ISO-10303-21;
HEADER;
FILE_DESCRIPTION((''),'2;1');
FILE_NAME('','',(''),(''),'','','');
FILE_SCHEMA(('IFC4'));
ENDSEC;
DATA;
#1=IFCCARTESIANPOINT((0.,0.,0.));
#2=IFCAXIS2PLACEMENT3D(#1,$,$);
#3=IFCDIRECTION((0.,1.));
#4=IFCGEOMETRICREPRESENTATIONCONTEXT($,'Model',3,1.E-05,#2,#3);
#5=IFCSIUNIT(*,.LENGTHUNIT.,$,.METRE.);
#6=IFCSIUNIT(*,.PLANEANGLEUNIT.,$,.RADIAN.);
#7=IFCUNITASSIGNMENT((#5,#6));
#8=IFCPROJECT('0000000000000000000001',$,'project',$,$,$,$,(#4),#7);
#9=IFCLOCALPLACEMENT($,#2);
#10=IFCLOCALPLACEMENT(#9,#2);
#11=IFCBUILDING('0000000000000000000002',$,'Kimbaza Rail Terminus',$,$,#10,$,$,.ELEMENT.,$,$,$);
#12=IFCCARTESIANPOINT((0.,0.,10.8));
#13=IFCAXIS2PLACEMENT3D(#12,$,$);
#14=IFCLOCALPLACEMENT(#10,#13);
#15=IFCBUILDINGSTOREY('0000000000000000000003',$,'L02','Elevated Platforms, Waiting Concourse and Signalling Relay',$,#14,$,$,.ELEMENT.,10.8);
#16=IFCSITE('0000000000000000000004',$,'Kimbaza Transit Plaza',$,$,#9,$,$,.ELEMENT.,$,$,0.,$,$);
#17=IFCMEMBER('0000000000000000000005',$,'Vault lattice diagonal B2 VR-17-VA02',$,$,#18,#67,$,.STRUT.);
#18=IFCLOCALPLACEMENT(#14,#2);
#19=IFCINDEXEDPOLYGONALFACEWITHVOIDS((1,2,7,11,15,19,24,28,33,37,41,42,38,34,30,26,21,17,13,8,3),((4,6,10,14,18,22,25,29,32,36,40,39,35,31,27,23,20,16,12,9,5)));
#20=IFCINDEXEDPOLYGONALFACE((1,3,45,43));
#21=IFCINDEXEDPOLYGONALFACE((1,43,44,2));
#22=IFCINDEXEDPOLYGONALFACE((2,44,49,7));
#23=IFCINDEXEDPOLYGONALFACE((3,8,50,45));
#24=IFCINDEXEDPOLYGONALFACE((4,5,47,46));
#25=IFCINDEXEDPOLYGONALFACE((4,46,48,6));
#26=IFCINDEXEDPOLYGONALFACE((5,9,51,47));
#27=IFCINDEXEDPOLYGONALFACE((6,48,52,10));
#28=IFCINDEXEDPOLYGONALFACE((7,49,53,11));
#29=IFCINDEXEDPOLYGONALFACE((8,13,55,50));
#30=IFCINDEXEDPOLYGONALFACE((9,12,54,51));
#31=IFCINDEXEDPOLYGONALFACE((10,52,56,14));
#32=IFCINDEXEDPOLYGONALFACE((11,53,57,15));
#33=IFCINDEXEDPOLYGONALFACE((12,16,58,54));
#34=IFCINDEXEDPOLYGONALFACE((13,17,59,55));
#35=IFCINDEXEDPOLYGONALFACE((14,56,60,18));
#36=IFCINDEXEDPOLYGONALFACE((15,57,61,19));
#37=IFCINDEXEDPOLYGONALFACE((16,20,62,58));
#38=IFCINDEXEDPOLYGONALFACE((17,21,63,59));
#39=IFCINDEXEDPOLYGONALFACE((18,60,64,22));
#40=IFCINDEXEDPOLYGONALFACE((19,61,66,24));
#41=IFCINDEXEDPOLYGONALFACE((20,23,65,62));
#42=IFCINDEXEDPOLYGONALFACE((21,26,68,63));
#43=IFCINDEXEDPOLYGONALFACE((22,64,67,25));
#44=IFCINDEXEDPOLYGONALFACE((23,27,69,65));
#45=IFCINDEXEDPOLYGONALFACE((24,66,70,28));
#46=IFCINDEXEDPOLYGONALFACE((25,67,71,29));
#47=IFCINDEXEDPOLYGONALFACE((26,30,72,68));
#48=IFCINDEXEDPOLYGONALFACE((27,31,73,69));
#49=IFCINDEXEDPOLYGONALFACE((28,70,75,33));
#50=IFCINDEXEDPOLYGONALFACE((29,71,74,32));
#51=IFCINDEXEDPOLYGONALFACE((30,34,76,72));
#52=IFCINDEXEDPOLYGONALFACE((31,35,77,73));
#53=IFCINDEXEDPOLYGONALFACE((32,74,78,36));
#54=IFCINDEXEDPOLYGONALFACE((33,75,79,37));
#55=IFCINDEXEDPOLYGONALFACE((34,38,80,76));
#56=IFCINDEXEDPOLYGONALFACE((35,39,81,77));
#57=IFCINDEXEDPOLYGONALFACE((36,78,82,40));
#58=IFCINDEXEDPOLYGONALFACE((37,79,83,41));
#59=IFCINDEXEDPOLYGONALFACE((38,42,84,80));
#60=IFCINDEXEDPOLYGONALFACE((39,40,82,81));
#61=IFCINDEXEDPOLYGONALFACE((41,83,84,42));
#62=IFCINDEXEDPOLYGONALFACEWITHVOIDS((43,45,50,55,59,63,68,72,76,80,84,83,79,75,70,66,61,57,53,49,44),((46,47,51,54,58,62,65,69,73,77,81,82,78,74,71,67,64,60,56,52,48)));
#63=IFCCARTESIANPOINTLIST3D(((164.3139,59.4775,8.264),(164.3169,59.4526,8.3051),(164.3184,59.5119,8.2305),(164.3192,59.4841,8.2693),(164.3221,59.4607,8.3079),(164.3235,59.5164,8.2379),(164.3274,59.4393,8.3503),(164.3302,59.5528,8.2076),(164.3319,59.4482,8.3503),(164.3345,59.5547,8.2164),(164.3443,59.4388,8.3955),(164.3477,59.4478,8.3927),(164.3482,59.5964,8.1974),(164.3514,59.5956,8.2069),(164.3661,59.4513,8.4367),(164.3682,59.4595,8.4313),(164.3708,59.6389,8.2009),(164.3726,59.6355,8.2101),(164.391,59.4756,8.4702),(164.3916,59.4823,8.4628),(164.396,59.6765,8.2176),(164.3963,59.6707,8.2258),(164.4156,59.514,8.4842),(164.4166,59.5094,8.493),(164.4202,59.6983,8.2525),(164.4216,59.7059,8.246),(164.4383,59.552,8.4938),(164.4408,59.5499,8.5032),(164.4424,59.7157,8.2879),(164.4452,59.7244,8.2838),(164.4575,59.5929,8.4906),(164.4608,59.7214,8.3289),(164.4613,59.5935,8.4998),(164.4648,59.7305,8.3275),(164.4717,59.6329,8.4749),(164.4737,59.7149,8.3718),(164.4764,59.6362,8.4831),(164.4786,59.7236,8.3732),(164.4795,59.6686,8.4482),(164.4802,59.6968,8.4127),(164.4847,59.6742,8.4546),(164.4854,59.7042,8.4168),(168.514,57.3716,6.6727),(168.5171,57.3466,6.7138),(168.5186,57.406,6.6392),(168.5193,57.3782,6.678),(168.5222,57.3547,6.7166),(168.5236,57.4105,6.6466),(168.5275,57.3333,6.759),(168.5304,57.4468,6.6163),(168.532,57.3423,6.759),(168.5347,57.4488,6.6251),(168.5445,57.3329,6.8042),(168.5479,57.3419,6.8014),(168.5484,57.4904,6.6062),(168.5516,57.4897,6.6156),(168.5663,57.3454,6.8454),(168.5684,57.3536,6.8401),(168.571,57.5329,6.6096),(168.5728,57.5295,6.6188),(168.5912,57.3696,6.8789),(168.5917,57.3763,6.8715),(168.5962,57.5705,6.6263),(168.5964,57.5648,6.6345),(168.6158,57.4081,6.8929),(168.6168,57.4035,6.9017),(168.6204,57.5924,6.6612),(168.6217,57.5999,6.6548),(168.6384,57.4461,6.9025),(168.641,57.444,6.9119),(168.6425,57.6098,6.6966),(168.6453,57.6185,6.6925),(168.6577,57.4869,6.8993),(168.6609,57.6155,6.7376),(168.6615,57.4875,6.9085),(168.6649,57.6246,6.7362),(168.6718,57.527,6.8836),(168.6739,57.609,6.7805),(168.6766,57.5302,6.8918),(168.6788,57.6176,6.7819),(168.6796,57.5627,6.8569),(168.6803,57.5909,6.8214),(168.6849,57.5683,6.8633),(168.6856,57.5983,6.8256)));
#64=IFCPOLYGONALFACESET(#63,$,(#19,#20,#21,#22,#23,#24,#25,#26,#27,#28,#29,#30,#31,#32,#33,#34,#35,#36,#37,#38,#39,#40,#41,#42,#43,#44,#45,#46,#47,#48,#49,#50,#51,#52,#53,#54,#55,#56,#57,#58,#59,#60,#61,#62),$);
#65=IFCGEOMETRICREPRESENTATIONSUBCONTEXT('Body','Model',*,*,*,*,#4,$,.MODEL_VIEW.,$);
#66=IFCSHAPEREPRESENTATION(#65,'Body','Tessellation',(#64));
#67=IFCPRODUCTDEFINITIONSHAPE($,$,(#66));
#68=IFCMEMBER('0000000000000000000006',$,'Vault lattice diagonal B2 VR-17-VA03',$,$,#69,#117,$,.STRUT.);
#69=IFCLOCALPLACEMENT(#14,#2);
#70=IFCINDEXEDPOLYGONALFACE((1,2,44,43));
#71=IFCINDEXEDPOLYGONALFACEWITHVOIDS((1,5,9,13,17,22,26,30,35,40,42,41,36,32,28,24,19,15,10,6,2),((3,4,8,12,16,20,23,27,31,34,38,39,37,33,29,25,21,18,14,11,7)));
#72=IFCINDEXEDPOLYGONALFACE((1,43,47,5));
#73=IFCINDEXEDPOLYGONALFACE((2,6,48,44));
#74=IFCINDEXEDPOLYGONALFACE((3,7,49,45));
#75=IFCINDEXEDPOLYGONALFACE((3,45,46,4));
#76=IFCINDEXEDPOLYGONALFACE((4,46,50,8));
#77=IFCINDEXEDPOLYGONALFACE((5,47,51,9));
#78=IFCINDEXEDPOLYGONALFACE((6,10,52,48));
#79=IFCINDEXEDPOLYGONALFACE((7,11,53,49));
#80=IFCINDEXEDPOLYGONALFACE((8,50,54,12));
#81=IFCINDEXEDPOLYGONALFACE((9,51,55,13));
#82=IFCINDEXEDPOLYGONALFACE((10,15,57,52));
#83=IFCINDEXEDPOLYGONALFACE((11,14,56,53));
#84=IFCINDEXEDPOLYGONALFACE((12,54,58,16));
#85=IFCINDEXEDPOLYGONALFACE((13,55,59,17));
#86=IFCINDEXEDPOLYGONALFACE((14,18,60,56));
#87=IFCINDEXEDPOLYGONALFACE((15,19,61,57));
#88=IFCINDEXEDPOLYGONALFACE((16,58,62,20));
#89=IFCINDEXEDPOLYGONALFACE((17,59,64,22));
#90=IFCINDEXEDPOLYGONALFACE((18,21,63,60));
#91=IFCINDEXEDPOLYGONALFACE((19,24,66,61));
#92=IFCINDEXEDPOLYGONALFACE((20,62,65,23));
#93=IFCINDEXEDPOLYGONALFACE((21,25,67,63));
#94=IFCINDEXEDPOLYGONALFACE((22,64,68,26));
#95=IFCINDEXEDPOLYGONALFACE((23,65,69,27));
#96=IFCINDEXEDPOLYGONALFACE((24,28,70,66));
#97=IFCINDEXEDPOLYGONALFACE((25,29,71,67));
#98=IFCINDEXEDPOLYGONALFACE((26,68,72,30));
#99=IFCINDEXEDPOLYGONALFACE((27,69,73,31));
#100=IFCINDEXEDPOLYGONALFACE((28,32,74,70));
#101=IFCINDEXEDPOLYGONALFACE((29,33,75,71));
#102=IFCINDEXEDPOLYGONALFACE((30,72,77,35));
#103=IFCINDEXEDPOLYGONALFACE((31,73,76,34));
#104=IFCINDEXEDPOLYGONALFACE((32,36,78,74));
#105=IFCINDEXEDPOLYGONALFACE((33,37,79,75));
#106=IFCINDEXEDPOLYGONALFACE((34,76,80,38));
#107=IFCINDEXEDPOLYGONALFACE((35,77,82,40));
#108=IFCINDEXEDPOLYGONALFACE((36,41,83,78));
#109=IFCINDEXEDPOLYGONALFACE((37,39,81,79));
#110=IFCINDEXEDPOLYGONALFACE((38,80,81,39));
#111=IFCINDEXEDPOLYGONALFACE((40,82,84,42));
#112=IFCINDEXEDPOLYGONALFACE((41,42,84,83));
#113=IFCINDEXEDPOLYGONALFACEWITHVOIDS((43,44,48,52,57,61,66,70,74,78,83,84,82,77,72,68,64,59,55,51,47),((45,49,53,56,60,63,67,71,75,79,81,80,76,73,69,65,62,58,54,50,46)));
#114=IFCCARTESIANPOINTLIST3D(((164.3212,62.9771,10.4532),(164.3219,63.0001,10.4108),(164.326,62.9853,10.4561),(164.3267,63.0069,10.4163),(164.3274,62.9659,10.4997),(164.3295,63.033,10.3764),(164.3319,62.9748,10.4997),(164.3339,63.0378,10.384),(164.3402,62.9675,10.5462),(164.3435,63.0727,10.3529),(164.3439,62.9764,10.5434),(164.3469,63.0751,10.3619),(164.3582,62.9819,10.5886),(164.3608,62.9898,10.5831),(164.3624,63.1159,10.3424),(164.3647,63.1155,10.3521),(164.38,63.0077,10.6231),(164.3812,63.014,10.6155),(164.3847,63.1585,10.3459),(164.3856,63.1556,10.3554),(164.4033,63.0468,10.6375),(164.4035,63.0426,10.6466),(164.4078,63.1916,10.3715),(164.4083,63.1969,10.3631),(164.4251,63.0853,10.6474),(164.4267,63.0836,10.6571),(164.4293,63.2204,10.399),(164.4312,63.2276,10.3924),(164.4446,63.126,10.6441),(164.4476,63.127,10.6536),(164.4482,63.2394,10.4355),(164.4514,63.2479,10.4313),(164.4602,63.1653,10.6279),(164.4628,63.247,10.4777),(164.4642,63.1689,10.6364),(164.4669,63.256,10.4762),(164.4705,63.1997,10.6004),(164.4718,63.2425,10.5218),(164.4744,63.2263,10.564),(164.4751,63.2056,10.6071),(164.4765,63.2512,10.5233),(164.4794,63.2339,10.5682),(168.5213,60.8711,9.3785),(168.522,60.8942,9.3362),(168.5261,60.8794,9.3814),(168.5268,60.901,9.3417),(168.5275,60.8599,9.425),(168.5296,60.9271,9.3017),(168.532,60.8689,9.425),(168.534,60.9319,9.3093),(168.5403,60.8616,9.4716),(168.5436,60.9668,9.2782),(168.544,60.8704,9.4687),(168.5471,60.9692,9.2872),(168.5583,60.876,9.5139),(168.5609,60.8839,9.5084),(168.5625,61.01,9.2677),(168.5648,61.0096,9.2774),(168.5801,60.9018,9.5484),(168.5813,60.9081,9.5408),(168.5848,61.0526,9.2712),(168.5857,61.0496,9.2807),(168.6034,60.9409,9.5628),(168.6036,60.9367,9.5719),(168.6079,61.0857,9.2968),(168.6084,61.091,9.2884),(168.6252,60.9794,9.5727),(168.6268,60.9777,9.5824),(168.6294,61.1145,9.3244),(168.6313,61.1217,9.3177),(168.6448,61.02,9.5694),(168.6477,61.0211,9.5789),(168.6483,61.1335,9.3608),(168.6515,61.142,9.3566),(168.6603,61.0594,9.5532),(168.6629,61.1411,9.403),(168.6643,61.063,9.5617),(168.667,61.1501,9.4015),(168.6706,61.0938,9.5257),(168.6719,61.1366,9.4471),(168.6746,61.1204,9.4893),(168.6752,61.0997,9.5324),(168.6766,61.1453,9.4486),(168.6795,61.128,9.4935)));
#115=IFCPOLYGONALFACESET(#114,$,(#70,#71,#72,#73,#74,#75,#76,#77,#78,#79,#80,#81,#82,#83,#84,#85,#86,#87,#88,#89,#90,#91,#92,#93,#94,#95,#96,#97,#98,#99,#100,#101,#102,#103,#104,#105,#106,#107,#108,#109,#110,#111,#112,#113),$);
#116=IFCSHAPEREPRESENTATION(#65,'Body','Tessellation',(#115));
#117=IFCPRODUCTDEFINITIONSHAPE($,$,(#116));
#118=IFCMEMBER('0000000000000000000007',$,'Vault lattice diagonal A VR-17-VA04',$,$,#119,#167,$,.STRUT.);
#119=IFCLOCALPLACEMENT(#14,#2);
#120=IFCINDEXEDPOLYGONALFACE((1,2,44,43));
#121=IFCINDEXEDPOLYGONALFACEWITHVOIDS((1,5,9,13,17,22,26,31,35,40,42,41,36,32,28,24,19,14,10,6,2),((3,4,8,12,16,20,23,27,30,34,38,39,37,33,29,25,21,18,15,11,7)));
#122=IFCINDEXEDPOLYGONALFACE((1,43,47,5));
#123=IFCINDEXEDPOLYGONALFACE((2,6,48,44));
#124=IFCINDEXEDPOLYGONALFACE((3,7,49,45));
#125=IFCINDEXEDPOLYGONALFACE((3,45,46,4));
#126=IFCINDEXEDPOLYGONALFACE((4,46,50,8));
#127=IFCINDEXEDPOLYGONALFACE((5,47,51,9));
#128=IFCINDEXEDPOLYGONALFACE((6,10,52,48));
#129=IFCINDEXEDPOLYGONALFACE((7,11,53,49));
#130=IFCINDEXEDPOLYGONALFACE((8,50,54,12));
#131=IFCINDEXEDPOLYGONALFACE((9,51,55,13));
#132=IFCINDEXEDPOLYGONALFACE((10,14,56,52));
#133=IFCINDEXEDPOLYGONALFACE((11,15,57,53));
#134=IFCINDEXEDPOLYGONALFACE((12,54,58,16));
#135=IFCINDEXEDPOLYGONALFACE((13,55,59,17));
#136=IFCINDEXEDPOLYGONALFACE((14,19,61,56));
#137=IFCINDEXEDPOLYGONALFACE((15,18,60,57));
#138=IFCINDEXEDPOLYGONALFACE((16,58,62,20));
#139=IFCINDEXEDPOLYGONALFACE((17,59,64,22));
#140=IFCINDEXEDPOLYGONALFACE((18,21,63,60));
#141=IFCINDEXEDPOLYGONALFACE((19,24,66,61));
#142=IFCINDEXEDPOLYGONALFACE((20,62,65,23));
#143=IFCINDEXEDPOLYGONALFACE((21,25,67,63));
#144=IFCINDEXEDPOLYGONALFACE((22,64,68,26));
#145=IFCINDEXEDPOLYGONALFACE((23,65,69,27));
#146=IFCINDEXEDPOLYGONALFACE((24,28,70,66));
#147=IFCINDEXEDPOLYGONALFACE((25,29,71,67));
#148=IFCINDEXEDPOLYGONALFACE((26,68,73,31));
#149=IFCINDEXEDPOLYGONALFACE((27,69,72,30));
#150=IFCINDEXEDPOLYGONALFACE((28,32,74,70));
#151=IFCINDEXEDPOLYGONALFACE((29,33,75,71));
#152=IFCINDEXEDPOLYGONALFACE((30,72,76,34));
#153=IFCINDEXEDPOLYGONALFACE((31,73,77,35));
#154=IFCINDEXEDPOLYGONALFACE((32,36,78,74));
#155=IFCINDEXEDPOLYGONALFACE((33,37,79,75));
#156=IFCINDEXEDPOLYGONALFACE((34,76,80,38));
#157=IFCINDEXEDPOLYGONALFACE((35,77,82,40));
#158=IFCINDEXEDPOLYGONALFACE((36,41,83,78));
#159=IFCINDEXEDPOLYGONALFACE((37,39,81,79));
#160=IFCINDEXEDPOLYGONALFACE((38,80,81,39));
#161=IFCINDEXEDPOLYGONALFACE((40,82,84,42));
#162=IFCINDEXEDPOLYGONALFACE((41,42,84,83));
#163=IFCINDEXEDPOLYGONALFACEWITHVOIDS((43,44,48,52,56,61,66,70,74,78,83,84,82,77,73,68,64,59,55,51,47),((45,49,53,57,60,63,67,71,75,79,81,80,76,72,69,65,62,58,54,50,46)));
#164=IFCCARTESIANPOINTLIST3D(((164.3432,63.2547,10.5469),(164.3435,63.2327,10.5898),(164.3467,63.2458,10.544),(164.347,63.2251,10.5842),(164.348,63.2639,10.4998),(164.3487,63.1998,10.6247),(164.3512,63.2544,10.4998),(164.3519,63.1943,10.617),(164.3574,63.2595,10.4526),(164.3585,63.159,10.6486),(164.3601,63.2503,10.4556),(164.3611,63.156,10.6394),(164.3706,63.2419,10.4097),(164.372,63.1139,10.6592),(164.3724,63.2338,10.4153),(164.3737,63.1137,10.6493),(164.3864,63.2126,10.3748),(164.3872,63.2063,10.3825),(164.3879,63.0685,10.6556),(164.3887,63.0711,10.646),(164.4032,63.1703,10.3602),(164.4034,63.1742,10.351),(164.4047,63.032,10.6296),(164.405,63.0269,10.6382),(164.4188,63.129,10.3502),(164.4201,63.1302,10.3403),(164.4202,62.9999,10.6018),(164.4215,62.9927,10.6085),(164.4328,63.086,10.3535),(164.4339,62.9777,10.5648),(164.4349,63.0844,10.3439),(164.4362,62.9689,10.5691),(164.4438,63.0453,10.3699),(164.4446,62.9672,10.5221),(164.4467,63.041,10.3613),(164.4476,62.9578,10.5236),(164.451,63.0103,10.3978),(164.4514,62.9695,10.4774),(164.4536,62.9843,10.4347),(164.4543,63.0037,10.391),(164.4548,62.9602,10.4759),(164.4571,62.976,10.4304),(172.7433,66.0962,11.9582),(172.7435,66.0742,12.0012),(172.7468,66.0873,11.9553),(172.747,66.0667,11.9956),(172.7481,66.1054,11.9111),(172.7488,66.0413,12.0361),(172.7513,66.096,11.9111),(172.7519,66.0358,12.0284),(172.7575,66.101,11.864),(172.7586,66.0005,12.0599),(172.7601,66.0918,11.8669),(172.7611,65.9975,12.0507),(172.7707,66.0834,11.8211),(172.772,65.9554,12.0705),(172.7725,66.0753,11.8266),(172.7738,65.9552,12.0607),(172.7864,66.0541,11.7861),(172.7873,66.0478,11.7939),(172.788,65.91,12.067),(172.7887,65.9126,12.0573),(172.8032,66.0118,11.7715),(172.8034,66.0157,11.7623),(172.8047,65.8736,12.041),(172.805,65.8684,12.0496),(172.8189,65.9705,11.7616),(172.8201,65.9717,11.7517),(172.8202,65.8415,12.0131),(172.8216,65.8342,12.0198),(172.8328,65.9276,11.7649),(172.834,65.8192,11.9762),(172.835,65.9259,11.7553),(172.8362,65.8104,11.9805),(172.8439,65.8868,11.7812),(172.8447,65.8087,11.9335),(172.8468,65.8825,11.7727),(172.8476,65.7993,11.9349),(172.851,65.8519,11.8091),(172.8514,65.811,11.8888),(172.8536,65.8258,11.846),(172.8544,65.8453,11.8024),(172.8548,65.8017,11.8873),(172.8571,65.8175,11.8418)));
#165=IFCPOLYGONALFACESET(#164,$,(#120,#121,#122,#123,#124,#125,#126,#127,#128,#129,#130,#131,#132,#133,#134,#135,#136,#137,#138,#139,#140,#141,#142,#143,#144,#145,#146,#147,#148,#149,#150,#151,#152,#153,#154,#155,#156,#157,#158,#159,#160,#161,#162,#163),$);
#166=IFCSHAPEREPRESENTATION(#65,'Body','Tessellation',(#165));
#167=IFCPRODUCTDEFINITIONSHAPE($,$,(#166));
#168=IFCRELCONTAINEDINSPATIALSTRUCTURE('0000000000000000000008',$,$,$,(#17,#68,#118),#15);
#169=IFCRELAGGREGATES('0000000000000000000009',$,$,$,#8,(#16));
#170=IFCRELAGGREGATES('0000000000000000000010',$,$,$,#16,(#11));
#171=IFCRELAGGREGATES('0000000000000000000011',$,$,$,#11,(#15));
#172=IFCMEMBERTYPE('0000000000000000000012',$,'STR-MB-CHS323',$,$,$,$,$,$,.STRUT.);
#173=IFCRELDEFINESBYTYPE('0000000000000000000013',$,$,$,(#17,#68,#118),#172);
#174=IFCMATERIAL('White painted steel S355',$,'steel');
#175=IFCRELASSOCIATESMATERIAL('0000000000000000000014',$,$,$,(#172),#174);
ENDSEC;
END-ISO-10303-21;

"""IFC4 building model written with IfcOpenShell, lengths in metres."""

from ifc_helpers import new_model, si_unit, direction, frame, origin, origin_2d, place, context, subcontext, project, spatial, hollow_circle, extrude, material, material_profile, profile_set, type_object, element, save


model = new_model("IFC4")

# Units and contexts
model_context = context("Model", 3, precision=1e-05, world=origin(), true_north=direction((0.0, 1.0)))
body_context = subcontext(model_context, "Body", "Model", "MODEL_VIEW")
ifc_project = project(units=[si_unit("LENGTHUNIT", "METRE"), si_unit("PLANEANGLEUNIT", "RADIAN")], contexts=[model_context])

# Site, building, storey
site_placement = place(None, origin())
site = spatial("IfcSite", under=ifc_project, at=site_placement, Name="Kimbaza Transit Plaza", CompositionType="ELEMENT", RefElevation=0.0)
building_placement = place(site_placement, origin())
building = spatial("IfcBuilding", under=site, at=building_placement, Name="Kimbaza Rail Terminus", CompositionType="ELEMENT")
storey_placement = place(building_placement, frame((0.0, 0.0, 10.8)))
storey = spatial("IfcBuildingStorey", under=building, at=storey_placement, Name="L02", Description="Elevated Platforms, Waiting Concourse and Signalling Relay", CompositionType="ELEMENT", Elevation=10.8)

# Members
ifc_material_1 = material(Name="White painted steel S355", Category="steel")
ifc_material_profile_1 = material_profile(ifc_material_1, hollow_circle(Radius=0.1619, WallThickness=0.01, at=origin_2d()), Name="CHS 323.9x10")
ifc_profile_set_1 = profile_set([ifc_material_profile_1], Name="White painted steel S355")
member_type_1 = type_object("IfcMemberType", Name="STR-MB-CHS323", PredefinedType="STRUT", material=ifc_profile_set_1)
member_1_placement = place(storey_placement, frame((168.6001, 57.478, 6.759), z_axis=(-0.846687, 0.424525, 0.32078), x_axis=(-0.448211, -0.893928, 0.0)))
element("IfcMember", 1, at=member_1_placement, inside=storey, type_object=member_type_1, Name="Vault lattice diagonal B2 VR-17-VA02", PredefinedType="STRUT", context=body_context, shape_type="SweptSolid", body=[
    extrude(hollow_circle(Radius=0.1619, WallThickness=0.01, at=origin_2d()), origin(), (0.0, 0.0, 1.0), 4.9607),
])
member_2_placement = place(storey_placement, frame((168.6001, 61.0046, 9.425), z_axis=(-0.871423, 0.436927, 0.222972), x_axis=(-0.448211, -0.893928, 0.0)))
element("IfcMember", 2, at=member_2_placement, inside=storey, type_object=member_type_1, Name="Vault lattice diagonal B2 VR-17-VA03", PredefinedType="STRUT", context=body_context, shape_type="SweptSolid", body=[
    extrude(hollow_circle(Radius=0.1619, WallThickness=0.01, at=origin_2d()), origin(), (0.0, 0.0, 1.0), 4.8198),
])
member_3_placement = place(storey_placement, frame((164.3999, 63.1106, 10.4998), z_axis=(0.935495, 0.316454, 0.15718), x_axis=(-0.320437, 0.94727, 0.0)))
element("IfcMember", 3, at=member_3_placement, inside=storey, type_object=member_type_1, Name="Vault lattice diagonal A VR-17-VA04", PredefinedType="STRUT", context=body_context, shape_type="SweptSolid", body=[
    extrude(hollow_circle(Radius=0.1619, WallThickness=0.01, at=origin_2d()), origin(), (0.0, 0.0, 1.0), 8.9792),
])

save(model, "model.ifc")
